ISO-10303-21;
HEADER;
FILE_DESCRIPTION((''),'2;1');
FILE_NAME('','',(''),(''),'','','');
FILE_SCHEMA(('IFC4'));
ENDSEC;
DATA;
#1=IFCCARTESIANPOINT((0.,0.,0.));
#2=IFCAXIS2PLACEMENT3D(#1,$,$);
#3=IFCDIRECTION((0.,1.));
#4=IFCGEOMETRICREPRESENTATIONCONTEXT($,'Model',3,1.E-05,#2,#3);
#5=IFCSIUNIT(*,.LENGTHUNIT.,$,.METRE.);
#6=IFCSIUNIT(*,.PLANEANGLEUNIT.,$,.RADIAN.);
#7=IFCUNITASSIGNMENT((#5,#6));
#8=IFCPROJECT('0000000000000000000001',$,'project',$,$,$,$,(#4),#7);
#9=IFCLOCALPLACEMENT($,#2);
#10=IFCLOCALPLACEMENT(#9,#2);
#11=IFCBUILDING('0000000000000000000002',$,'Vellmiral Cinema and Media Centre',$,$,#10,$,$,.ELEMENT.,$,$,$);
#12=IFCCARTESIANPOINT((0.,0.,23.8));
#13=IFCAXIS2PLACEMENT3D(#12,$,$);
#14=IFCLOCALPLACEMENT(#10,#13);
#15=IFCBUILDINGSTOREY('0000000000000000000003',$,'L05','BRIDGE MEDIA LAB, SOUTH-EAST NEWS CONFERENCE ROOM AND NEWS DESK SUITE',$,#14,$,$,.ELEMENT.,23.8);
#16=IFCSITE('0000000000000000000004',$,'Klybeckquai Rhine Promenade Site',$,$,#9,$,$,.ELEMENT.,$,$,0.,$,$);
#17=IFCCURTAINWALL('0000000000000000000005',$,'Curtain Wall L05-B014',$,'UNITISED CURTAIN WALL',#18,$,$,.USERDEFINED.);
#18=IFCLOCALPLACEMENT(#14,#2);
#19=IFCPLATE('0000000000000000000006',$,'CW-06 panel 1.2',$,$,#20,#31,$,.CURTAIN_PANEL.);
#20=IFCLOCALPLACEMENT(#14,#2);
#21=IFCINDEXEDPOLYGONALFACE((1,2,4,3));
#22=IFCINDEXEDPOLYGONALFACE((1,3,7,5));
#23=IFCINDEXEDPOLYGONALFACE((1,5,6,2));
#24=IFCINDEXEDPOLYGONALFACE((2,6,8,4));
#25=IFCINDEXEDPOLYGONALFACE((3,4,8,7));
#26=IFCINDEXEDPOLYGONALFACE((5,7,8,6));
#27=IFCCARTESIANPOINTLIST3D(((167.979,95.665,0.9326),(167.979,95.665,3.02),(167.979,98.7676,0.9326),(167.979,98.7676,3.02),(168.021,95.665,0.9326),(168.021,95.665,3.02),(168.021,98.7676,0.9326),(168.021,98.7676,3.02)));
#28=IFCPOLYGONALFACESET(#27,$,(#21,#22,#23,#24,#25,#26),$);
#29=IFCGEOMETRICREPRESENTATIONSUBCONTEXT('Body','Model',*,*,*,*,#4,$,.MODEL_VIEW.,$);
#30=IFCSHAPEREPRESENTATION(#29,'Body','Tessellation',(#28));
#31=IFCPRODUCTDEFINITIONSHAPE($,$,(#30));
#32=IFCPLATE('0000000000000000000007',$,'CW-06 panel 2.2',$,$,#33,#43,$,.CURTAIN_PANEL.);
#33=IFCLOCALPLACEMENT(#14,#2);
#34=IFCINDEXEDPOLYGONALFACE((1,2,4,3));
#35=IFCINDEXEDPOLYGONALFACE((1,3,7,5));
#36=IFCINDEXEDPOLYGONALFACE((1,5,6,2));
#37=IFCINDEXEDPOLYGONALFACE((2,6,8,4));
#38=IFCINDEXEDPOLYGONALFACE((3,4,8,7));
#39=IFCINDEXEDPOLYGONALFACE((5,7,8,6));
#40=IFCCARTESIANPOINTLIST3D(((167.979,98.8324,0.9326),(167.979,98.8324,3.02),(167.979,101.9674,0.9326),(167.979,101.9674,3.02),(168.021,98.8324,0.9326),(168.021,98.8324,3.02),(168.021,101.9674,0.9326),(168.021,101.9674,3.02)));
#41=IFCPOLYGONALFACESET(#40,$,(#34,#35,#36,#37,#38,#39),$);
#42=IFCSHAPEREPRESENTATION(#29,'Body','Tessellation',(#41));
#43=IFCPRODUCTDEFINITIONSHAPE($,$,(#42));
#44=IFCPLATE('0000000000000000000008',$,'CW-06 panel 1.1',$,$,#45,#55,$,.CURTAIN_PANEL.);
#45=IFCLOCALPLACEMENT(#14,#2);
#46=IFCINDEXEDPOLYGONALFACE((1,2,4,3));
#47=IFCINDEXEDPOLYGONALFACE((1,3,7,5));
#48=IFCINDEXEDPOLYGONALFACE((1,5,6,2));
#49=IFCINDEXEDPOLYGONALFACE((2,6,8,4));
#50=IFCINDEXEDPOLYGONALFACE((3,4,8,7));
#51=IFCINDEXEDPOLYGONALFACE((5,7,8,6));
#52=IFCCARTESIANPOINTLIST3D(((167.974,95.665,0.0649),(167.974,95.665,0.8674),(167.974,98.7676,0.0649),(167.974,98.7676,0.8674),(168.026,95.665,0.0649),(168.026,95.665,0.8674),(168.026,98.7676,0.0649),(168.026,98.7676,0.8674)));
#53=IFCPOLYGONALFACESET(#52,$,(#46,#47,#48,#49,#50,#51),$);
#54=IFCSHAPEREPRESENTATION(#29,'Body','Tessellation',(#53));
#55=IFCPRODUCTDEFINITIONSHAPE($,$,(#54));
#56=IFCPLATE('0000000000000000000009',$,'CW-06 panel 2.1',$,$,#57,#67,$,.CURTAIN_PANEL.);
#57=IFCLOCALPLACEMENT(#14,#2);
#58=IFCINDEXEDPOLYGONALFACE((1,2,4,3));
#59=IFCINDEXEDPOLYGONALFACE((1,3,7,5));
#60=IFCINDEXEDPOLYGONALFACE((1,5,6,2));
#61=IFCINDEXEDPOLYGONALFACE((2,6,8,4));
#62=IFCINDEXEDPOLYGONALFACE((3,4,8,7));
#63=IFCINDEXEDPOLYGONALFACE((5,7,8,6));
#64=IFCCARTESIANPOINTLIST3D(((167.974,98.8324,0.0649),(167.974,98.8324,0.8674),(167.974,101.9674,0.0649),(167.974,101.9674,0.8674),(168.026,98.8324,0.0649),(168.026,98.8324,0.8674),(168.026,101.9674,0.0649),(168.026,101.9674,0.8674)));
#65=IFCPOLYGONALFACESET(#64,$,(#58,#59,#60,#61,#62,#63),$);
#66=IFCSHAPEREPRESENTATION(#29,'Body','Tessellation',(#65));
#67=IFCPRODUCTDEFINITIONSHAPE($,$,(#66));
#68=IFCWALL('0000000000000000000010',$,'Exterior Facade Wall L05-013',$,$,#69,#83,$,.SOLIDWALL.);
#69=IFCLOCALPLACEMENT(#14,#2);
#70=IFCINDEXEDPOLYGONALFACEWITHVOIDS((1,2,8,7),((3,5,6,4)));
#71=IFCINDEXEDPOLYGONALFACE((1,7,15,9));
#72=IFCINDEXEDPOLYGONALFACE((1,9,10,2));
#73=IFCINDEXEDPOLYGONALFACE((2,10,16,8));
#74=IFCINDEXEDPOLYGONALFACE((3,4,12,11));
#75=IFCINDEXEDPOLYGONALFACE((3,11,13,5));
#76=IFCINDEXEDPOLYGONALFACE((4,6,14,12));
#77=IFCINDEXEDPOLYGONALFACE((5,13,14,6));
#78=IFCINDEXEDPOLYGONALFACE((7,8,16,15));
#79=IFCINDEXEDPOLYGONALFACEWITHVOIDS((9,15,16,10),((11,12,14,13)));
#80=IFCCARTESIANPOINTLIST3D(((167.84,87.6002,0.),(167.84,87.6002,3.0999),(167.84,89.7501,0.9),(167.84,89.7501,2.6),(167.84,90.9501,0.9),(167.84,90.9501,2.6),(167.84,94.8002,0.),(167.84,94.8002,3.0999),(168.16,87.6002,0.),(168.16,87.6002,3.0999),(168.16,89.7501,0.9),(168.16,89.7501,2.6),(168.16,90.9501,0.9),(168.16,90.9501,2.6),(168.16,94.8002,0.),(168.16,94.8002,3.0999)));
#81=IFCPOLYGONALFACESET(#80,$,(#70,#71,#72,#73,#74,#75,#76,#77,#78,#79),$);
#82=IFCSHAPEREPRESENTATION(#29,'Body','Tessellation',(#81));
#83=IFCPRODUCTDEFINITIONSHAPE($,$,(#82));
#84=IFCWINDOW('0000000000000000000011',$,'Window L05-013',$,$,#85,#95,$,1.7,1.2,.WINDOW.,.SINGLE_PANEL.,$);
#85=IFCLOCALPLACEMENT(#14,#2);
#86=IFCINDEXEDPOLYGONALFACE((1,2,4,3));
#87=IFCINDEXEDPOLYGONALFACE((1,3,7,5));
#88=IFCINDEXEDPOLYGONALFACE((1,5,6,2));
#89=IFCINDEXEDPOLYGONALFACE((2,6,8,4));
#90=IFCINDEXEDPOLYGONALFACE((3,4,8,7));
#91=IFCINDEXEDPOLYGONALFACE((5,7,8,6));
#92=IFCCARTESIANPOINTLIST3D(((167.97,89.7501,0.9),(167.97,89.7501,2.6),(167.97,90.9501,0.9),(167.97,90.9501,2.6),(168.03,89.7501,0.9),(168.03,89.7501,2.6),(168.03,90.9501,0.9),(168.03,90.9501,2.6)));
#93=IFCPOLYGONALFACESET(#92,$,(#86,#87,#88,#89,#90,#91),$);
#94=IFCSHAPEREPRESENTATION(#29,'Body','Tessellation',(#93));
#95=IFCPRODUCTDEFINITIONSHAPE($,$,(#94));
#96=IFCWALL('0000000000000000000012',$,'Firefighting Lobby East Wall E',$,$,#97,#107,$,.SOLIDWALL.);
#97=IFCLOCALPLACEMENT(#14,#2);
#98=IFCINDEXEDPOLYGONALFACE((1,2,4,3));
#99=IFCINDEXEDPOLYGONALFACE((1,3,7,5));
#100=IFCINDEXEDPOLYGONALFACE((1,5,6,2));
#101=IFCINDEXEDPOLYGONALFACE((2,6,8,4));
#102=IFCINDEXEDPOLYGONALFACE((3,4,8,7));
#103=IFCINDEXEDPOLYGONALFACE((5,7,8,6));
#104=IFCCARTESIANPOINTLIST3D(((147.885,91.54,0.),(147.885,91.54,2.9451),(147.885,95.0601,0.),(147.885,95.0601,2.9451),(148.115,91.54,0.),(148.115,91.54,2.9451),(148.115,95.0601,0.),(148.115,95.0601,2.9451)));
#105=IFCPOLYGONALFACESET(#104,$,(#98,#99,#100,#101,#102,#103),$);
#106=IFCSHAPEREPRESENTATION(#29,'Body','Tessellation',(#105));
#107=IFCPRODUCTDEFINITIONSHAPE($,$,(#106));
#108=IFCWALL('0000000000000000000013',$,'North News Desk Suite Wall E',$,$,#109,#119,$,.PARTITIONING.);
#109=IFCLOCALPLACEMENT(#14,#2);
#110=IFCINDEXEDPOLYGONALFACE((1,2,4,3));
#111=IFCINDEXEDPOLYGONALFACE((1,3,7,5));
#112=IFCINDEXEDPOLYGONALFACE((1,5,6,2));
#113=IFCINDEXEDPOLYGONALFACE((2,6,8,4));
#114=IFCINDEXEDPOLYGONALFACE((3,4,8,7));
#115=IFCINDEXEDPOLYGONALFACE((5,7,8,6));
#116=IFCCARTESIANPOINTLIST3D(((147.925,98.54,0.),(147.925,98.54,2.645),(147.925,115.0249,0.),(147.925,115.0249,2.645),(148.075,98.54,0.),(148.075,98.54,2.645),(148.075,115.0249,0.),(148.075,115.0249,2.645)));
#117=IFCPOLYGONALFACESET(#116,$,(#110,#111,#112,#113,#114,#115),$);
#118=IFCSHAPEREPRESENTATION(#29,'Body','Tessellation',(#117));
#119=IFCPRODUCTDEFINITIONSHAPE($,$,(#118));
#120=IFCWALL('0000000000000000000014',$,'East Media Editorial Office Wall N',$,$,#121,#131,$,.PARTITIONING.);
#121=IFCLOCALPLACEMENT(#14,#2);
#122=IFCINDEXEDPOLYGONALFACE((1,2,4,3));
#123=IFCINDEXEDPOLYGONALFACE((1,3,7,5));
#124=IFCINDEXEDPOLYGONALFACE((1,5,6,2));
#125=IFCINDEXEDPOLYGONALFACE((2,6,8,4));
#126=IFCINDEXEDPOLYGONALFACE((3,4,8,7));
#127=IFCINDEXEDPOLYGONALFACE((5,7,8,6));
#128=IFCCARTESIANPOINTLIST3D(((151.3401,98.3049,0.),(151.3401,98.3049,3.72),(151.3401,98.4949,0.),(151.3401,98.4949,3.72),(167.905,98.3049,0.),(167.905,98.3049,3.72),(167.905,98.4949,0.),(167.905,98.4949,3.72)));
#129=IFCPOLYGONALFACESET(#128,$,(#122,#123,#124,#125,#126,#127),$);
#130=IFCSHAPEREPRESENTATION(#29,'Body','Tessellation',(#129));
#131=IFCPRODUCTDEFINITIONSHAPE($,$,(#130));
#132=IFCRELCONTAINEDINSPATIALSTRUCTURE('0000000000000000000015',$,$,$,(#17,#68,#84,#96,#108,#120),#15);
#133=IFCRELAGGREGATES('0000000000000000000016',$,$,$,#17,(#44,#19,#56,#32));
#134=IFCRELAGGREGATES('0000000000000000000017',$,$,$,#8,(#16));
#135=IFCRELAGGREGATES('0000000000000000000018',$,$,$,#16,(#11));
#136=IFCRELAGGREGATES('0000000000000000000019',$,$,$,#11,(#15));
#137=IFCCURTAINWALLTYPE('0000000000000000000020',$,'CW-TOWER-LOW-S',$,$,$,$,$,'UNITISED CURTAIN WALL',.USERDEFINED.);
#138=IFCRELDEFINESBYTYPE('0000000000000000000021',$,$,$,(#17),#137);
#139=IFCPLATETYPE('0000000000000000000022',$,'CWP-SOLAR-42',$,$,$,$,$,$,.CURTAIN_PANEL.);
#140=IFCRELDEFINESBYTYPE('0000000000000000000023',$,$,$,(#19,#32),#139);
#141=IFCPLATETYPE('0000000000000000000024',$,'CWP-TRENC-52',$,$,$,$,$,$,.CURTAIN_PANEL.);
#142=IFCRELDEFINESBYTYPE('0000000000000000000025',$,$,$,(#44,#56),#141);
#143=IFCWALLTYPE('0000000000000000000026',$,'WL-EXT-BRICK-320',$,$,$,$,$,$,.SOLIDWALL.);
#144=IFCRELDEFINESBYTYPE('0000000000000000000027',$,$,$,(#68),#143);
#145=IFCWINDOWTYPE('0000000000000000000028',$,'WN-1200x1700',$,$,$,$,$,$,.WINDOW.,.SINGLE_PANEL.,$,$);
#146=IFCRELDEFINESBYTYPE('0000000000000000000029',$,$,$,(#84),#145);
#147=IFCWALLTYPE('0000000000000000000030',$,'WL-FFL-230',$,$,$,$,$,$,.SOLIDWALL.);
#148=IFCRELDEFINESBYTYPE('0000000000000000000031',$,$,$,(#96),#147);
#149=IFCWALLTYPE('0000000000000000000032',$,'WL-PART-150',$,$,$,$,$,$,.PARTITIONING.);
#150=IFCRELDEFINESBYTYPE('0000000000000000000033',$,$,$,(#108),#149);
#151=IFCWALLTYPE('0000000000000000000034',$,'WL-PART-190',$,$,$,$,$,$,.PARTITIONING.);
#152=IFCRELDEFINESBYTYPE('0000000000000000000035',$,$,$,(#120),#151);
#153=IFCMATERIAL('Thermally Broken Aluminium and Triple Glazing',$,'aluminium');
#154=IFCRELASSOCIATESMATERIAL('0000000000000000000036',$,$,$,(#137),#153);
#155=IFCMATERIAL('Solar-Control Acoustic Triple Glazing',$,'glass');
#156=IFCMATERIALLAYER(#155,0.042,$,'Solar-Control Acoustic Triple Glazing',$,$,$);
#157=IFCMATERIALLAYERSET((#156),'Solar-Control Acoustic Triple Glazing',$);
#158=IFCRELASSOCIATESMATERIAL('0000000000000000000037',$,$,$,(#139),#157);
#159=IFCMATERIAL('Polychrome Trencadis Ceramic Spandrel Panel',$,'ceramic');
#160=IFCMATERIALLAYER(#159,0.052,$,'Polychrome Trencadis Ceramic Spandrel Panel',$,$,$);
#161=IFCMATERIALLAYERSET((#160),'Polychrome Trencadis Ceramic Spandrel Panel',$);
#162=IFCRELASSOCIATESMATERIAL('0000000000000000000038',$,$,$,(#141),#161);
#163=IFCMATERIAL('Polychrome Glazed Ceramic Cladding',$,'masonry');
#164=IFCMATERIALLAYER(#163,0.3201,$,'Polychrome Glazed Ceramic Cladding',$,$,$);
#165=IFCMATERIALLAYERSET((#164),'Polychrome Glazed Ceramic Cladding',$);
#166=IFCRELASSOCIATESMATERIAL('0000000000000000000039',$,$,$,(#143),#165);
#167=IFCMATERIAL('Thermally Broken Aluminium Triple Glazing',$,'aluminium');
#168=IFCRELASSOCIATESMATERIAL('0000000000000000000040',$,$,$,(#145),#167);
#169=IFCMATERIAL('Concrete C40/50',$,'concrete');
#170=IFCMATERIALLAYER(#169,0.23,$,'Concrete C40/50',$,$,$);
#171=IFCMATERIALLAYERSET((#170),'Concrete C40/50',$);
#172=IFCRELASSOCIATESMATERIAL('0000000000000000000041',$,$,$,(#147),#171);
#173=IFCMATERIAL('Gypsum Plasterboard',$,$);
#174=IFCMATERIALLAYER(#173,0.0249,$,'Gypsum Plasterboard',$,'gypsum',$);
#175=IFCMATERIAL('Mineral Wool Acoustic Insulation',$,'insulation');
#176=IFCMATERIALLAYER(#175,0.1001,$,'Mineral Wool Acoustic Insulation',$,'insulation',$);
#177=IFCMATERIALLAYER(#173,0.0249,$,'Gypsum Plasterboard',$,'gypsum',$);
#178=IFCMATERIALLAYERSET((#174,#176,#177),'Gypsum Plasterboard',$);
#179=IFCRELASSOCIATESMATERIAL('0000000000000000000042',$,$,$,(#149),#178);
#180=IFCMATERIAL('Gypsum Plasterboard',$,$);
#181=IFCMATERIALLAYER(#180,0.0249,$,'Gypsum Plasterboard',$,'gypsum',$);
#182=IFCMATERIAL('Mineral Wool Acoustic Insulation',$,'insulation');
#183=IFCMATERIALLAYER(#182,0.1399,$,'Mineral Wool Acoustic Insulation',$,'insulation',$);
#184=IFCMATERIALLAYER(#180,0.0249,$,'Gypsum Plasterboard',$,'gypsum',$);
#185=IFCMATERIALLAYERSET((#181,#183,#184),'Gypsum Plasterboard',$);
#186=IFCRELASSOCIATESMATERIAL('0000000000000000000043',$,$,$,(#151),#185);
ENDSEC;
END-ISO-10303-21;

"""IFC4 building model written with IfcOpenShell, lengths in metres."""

from ifc_helpers import new_model, si_unit, direction, frame, frame_2d, origin, origin_2d, place, context, subcontext, project, spatial, rectangle, extrude, material, layer, layer_set, type_object, element, fill, aggregate, save


model = new_model("IFC4")

# Units and contexts
model_context = context("Model", 3, precision=1e-05, world=origin(), true_north=direction((0.0, 1.0)))
body_context = subcontext(model_context, "Body", "Model", "MODEL_VIEW")
ifc_project = project(units=[si_unit("LENGTHUNIT", "METRE"), si_unit("PLANEANGLEUNIT", "RADIAN")], contexts=[model_context])

# Site, building, storey
site_placement = place(None, origin())
site = spatial("IfcSite", under=ifc_project, at=site_placement, Name="Klybeckquai Rhine Promenade Site", CompositionType="ELEMENT", RefElevation=0.0)
building_placement = place(site_placement, origin())
building = spatial("IfcBuilding", under=site, at=building_placement, Name="Vellmiral Cinema and Media Centre", CompositionType="ELEMENT")
storey_placement = place(building_placement, frame((0.0, 0.0, 23.8)))
storey = spatial("IfcBuildingStorey", under=building, at=storey_placement, Name="L05", Description="BRIDGE MEDIA LAB, SOUTH-EAST NEWS CONFERENCE ROOM AND NEWS DESK SUITE", CompositionType="ELEMENT", Elevation=23.8)

# Curtain wall
ifc_material_1 = material(Name="Thermally Broken Aluminium and Triple Glazing", Category="aluminium")
curtain_wall_type = type_object("IfcCurtainWallType", Name="CW-TOWER-LOW-S", ElementType="UNITISED CURTAIN WALL", PredefinedType="USERDEFINED", material=ifc_material_1)
curtain_wall_placement = place(storey_placement, origin())
curtain_wall = element("IfcCurtainWall", 1, at=curtain_wall_placement, inside=storey, type_object=curtain_wall_type, Name="Curtain Wall L05-B014", ObjectType="UNITISED CURTAIN WALL", PredefinedType="USERDEFINED")

# Plates
ifc_material_2 = material(Name="Solar-Control Acoustic Triple Glazing", Category="glass")
ifc_layer_1 = layer(ifc_material_2, 0.042, Name="Solar-Control Acoustic Triple Glazing")
ifc_layer_set_1 = layer_set([ifc_layer_1], Name="Solar-Control Acoustic Triple Glazing")
plate_type_1 = type_object("IfcPlateType", Name="CWP-SOLAR-42", PredefinedType="CURTAIN_PANEL", material=ifc_layer_set_1)
plate_1_placement = place(storey_placement, frame((168.0, 97.2163, 0.9326), z_axis=(0.0, 0.0, 1.0), x_axis=(0.0, 1.0, 0.0)))
plate_1 = element("IfcPlate", 2, at=plate_1_placement, type_object=plate_type_1, Name="CW-06 panel 1.2", PredefinedType="CURTAIN_PANEL", context=body_context, shape_type="SweptSolid", body=[
    extrude(rectangle(XDim=3.1025, YDim=0.042, at=origin_2d()), origin(), (0.0, 0.0, 1.0), 2.0874),
])
plate_2_placement = place(storey_placement, frame((168.0, 100.3999, 0.9326), z_axis=(0.0, 0.0, 1.0), x_axis=(0.0, 1.0, 0.0)))
plate_2 = element("IfcPlate", 3, at=plate_2_placement, type_object=plate_type_1, Name="CW-06 panel 2.2", PredefinedType="CURTAIN_PANEL", context=body_context, shape_type="SweptSolid", body=[
    extrude(rectangle(XDim=3.135, YDim=0.042, at=origin_2d()), origin(), (0.0, 0.0, 1.0), 2.0874),
])
ifc_material_3 = material(Name="Polychrome Trencadis Ceramic Spandrel Panel", Category="ceramic")
ifc_layer_2 = layer(ifc_material_3, 0.052, Name="Polychrome Trencadis Ceramic Spandrel Panel")
ifc_layer_set_2 = layer_set([ifc_layer_2], Name="Polychrome Trencadis Ceramic Spandrel Panel")
plate_type_2 = type_object("IfcPlateType", Name="CWP-TRENC-52", PredefinedType="CURTAIN_PANEL", material=ifc_layer_set_2)
plate_3_placement = place(storey_placement, frame((168.0, 97.2163, 0.0649), z_axis=(0.0, 0.0, 1.0), x_axis=(0.0, 1.0, 0.0)))
plate_3 = element("IfcPlate", 4, at=plate_3_placement, type_object=plate_type_2, Name="CW-06 panel 1.1", PredefinedType="CURTAIN_PANEL", context=body_context, shape_type="SweptSolid", body=[
    extrude(rectangle(XDim=3.1025, YDim=0.052, at=origin_2d()), origin(), (0.0, 0.0, 1.0), 0.8025),
])
plate_4_placement = place(storey_placement, frame((168.0, 100.3999, 0.0649), z_axis=(0.0, 0.0, 1.0), x_axis=(0.0, 1.0, 0.0)))
plate_4 = element("IfcPlate", 5, at=plate_4_placement, type_object=plate_type_2, Name="CW-06 panel 2.1", PredefinedType="CURTAIN_PANEL", context=body_context, shape_type="SweptSolid", body=[
    extrude(rectangle(XDim=3.135, YDim=0.052, at=origin_2d()), origin(), (0.0, 0.0, 1.0), 0.8025),
])
aggregate(curtain_wall, [plate_3, plate_1, plate_4, plate_2])

# Wall, opening, window
ifc_material_4 = material(Name="Polychrome Glazed Ceramic Cladding", Category="masonry")
ifc_layer_3 = layer(ifc_material_4, 0.3201, Name="Polychrome Glazed Ceramic Cladding")
ifc_layer_set_3 = layer_set([ifc_layer_3], Name="Polychrome Glazed Ceramic Cladding")
wall_type_1 = type_object("IfcWallType", Name="WL-EXT-BRICK-320", PredefinedType="SOLIDWALL", material=ifc_layer_set_3)
wall_1_placement = place(storey_placement, frame((168.0, 87.6001, 0.0), z_axis=(0.0, 0.0, 1.0), x_axis=(0.0, 1.0, 0.0)))
wall_1 = element("IfcWall", 6, at=wall_1_placement, inside=storey, type_object=wall_type_1, Name="Exterior Facade Wall L05-013", PredefinedType="SOLIDWALL", context=body_context, shape_type="SweptSolid", body=[
    extrude(rectangle(XDim=7.2, YDim=0.3201, at=frame_2d((3.6001, 0.0))), origin(), (0.0, 0.0, 1.0), 3.0999),
])
opening_1_placement = place(wall_1_placement, frame((2.1499, 0.0, 0.8999)))
opening_1 = element("IfcOpeningElement", 7, at=opening_1_placement, cuts=wall_1, PredefinedType="OPENING", context=body_context, shape_type="SweptSolid", body=[
    extrude(rectangle(XDim=1.2, YDim=1.7, at=frame_2d((0.6001, 0.8501))), frame((0.0, 0.1719, 0.0), z_axis=(0.0, -1.0, 0.0), x_axis=(1.0, 0.0, 0.0)), (0.0, 0.0, 1.0), 0.344),
])
ifc_material_5 = material(Name="Thermally Broken Aluminium Triple Glazing", Category="aluminium")
window_type = type_object("IfcWindowType", Name="WN-1200x1700", PartitioningType="SINGLE_PANEL", PredefinedType="WINDOW", material=ifc_material_5)
window_placement = place(opening_1_placement, origin())
window = element("IfcWindow", 8, at=window_placement, inside=storey, type_object=window_type, Name="Window L05-013", OverallHeight=1.7, OverallWidth=1.2, PartitioningType="SINGLE_PANEL", PredefinedType="WINDOW", context=body_context, shape_type="SweptSolid", body=[
    extrude(rectangle(XDim=1.2, YDim=1.7, at=frame_2d((0.6001, 0.8501))), frame((0.0, 0.03, 0.0), z_axis=(0.0, -1.0, 0.0), x_axis=(1.0, 0.0, 0.0)), (0.0, 0.0, 1.0), 0.0601),
])
fill(opening_1, window)

# Wall
ifc_material_6 = material(Name="Concrete C40/50", Category="concrete")
ifc_layer_4 = layer(ifc_material_6, 0.23, Name="Concrete C40/50")
ifc_layer_set_4 = layer_set([ifc_layer_4], Name="Concrete C40/50")
wall_type_2 = type_object("IfcWallType", Name="WL-FFL-230", PredefinedType="SOLIDWALL", material=ifc_layer_set_4)
wall_2_placement = place(storey_placement, frame((148.0, 91.54, 0.0), z_axis=(0.0, 0.0, 1.0), x_axis=(0.0, 1.0, 0.0)))
element("IfcWall", 9, at=wall_2_placement, inside=storey, type_object=wall_type_2, Name="Firefighting Lobby East Wall E", PredefinedType="SOLIDWALL", context=body_context, shape_type="SweptSolid", body=[
    extrude(rectangle(XDim=3.52, YDim=0.23, at=frame_2d((1.76, 0.0))), origin(), (0.0, 0.0, 1.0), 2.9451),
])

# Walls
ifc_material_7 = material(Name="Gypsum Plasterboard")
ifc_layer_5 = layer(ifc_material_7, 0.0249, Name="Gypsum Plasterboard", Category="gypsum")
ifc_material_8 = material(Name="Mineral Wool Acoustic Insulation", Category="insulation")
ifc_layer_6 = layer(ifc_material_8, 0.1001, Name="Mineral Wool Acoustic Insulation", Category="insulation")
ifc_layer_7 = layer(ifc_material_7, 0.0249, Name="Gypsum Plasterboard", Category="gypsum")
ifc_layer_set_5 = layer_set([ifc_layer_5, ifc_layer_6, ifc_layer_7], Name="Gypsum Plasterboard")
wall_type_3 = type_object("IfcWallType", Name="WL-PART-150", PredefinedType="PARTITIONING", material=ifc_layer_set_5)
wall_3_placement = place(storey_placement, frame((148.0, 98.54, 0.0), z_axis=(0.0, 0.0, 1.0), x_axis=(0.0, 1.0, 0.0)))
element("IfcWall", 10, at=wall_3_placement, inside=storey, type_object=wall_type_3, Name="North News Desk Suite Wall E", PredefinedType="PARTITIONING", context=body_context, shape_type="SweptSolid", body=[
    extrude(rectangle(XDim=16.4849, YDim=0.1499, at=frame_2d((8.2424, 0.0))), origin(), (0.0, 0.0, 1.0), 2.645),
])
ifc_material_9 = material(Name="Gypsum Plasterboard")
ifc_layer_8 = layer(ifc_material_9, 0.0249, Name="Gypsum Plasterboard", Category="gypsum")
ifc_material_10 = material(Name="Mineral Wool Acoustic Insulation", Category="insulation")
ifc_layer_9 = layer(ifc_material_10, 0.1399, Name="Mineral Wool Acoustic Insulation", Category="insulation")
ifc_layer_10 = layer(ifc_material_9, 0.0249, Name="Gypsum Plasterboard", Category="gypsum")
ifc_layer_set_6 = layer_set([ifc_layer_8, ifc_layer_9, ifc_layer_10], Name="Gypsum Plasterboard")
wall_type_4 = type_object("IfcWallType", Name="WL-PART-190", PredefinedType="PARTITIONING", material=ifc_layer_set_6)
wall_4_placement = place(storey_placement, frame((151.3401, 98.3999, 0.0), z_axis=(0.0, 0.0, 1.0), x_axis=(1.0, 0.0, 0.0)))
element("IfcWall", 11, at=wall_4_placement, inside=storey, type_object=wall_type_4, Name="East Media Editorial Office Wall N", PredefinedType="PARTITIONING", context=body_context, shape_type="SweptSolid", body=[
    extrude(rectangle(XDim=16.5649, YDim=0.1899, at=frame_2d((8.2825, 0.0))), origin(), (0.0, 0.0, 1.0), 3.72),
])

save(model, "model.ifc")
